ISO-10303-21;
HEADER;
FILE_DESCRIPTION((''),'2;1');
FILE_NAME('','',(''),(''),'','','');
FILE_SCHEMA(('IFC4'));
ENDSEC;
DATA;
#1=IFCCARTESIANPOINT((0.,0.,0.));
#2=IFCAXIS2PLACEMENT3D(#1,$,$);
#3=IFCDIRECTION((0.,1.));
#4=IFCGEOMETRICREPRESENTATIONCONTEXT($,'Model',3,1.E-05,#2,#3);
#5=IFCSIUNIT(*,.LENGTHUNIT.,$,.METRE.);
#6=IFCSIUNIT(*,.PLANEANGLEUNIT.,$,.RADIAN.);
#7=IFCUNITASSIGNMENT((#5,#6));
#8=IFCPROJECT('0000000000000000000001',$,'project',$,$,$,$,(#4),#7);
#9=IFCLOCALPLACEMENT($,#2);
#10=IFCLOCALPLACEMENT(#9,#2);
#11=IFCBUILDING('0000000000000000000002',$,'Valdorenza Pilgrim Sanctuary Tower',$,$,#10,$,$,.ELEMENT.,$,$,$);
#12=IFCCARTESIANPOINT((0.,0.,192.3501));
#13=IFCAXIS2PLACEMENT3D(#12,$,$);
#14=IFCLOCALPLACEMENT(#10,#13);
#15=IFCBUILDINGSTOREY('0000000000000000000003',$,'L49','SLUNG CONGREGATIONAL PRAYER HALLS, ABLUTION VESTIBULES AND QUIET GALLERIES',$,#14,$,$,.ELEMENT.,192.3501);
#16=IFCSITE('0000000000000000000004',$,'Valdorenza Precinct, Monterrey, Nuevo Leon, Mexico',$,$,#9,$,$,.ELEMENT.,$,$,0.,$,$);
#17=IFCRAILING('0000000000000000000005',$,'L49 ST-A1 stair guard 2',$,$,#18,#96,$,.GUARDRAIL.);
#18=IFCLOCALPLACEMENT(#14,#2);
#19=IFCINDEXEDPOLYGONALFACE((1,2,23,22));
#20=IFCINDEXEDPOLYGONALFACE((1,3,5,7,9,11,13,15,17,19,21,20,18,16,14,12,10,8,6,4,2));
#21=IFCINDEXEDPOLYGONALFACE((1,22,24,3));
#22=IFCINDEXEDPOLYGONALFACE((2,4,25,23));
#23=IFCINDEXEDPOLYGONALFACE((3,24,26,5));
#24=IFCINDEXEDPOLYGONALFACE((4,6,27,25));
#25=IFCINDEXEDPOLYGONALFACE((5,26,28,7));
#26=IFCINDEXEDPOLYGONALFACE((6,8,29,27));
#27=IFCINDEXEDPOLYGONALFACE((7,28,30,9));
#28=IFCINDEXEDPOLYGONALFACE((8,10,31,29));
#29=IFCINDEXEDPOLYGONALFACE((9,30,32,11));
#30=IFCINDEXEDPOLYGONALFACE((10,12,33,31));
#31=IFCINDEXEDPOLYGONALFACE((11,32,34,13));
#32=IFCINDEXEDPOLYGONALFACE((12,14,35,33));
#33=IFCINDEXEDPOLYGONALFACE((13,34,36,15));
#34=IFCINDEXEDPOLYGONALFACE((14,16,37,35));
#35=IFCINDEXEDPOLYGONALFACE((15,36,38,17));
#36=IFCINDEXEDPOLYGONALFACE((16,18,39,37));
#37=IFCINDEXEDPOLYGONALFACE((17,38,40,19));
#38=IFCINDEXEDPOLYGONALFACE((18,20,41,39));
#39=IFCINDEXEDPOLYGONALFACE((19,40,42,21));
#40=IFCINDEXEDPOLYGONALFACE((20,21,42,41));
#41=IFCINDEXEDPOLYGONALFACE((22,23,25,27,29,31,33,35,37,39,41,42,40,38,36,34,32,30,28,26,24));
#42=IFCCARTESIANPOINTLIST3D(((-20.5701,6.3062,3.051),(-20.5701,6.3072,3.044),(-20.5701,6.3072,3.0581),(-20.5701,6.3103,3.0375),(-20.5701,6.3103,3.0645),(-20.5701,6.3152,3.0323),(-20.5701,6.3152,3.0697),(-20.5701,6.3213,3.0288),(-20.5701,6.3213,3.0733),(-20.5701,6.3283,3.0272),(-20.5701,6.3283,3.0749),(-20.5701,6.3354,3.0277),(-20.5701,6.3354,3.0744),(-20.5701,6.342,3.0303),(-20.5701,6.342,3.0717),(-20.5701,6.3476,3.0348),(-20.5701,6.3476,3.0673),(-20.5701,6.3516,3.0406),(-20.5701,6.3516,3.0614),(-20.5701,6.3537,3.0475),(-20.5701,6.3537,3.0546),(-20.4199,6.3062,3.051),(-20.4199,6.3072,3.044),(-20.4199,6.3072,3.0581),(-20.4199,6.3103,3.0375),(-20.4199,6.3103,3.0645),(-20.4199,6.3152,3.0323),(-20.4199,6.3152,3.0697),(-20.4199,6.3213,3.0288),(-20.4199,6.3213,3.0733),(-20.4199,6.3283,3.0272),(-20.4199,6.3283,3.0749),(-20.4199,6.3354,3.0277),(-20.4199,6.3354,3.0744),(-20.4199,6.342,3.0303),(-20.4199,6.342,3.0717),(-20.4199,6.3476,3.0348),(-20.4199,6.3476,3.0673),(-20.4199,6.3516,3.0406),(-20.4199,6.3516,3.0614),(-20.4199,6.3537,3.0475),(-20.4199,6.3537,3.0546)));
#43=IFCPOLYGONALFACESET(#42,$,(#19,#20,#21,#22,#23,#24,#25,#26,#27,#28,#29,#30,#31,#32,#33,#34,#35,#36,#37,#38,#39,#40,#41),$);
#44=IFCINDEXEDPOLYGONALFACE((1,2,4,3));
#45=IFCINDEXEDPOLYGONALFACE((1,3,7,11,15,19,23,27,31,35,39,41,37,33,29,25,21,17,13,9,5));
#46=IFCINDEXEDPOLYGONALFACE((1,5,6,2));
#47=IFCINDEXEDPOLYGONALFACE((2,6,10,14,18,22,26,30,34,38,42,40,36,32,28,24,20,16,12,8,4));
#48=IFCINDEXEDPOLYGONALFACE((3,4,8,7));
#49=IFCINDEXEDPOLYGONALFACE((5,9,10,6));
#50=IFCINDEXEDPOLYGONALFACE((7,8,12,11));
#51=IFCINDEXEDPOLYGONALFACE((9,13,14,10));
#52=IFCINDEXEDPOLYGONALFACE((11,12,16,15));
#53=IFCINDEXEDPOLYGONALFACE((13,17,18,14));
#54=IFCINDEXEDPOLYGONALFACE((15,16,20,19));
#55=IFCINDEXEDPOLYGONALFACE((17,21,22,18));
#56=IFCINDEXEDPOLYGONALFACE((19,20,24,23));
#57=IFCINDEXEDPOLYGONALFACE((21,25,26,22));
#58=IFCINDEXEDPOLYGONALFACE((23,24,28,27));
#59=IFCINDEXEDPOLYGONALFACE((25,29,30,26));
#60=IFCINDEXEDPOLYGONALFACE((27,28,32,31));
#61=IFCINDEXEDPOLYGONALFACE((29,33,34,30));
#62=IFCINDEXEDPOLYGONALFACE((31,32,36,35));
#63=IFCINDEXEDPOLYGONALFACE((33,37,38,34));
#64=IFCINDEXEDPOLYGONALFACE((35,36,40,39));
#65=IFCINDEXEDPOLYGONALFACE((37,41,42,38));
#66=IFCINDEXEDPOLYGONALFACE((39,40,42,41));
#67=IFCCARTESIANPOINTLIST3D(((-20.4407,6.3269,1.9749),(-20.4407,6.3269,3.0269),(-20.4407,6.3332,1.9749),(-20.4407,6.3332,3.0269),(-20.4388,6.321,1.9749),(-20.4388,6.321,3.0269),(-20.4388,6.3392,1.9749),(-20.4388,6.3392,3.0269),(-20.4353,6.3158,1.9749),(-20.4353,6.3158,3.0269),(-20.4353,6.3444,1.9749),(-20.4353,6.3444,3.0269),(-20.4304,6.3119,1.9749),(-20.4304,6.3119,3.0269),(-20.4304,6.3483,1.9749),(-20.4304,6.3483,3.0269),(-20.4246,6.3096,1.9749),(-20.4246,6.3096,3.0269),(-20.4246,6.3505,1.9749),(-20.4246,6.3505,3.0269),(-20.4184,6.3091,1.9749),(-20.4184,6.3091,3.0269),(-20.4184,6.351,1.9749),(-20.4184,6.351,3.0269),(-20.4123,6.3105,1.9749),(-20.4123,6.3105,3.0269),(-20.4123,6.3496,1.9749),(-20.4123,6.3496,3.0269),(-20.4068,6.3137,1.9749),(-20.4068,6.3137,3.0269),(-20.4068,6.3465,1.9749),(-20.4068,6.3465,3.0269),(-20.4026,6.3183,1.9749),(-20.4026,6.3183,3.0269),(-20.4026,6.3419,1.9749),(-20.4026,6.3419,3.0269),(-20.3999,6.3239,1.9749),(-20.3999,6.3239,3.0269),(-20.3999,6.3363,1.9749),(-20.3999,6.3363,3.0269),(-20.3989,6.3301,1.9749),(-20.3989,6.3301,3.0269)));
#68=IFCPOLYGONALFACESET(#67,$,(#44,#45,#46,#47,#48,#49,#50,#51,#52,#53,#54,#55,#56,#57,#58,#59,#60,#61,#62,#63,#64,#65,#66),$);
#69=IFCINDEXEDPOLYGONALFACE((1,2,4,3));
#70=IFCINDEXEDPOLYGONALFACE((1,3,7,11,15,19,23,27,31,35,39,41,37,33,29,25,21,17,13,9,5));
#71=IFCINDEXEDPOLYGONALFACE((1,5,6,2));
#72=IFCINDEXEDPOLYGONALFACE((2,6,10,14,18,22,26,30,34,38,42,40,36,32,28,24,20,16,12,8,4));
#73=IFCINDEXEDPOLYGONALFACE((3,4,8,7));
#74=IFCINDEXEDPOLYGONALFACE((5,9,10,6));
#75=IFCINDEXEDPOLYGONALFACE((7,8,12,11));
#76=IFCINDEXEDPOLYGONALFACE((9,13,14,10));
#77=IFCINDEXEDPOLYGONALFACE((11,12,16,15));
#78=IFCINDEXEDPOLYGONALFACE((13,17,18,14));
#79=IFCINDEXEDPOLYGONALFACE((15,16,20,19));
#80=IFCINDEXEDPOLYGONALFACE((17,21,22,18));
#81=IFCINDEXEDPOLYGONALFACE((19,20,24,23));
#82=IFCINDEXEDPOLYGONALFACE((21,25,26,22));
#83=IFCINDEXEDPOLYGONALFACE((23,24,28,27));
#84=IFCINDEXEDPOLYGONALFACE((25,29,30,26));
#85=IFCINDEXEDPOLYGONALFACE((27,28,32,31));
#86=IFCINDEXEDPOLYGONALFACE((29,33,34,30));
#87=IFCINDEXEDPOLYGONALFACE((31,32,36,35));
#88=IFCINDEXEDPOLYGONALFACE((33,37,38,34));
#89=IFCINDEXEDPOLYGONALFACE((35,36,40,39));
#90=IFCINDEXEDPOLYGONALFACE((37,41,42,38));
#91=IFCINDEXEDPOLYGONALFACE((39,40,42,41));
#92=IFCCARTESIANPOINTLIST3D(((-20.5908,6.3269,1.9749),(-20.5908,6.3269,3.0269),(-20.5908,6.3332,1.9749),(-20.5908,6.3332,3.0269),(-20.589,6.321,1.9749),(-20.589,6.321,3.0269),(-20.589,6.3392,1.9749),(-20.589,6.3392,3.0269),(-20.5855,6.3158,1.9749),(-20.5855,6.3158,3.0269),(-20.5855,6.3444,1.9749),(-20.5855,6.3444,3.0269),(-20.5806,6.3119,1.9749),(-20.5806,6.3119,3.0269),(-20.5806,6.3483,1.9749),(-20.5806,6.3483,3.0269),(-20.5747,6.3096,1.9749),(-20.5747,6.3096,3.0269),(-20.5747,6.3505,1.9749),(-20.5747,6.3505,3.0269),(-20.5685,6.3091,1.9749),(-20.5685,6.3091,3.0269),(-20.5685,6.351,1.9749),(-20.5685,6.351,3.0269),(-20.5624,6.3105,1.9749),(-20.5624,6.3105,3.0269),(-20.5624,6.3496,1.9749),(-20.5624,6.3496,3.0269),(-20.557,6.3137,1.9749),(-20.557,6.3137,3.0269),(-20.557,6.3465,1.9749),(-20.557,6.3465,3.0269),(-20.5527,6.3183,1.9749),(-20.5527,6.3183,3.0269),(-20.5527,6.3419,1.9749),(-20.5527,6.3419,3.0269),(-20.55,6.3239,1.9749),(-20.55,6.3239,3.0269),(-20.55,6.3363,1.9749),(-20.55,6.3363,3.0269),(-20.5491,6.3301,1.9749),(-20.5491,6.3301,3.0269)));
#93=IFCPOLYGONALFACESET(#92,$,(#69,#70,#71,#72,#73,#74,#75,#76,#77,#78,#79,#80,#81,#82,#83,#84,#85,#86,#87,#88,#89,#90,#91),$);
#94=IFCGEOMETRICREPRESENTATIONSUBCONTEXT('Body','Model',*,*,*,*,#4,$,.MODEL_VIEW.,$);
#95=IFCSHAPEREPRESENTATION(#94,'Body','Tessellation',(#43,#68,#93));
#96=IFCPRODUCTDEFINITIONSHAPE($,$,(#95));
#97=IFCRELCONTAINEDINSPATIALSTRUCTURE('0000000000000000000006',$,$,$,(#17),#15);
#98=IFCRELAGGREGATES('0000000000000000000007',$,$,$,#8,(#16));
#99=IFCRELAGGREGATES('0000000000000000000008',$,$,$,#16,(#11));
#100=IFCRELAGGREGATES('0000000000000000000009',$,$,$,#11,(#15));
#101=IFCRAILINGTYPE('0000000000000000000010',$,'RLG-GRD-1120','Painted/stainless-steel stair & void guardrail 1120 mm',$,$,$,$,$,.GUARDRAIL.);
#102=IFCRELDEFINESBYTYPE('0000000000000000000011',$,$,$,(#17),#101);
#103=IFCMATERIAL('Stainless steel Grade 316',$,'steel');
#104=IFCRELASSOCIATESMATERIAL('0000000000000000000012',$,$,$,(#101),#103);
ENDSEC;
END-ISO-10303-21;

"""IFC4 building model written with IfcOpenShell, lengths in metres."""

from ifc_helpers import new_model, si_unit, direction, frame, origin, origin_2d, place, context, subcontext, project, spatial, circle, extrude, material, type_object, element, save


model = new_model("IFC4")

# Units and contexts
model_context = context("Model", 3, precision=1e-05, world=origin(), true_north=direction((0.0, 1.0)))
body_context = subcontext(model_context, "Body", "Model", "MODEL_VIEW")
ifc_project = project(units=[si_unit("LENGTHUNIT", "METRE"), si_unit("PLANEANGLEUNIT", "RADIAN")], contexts=[model_context])

# Site, building, storey
site_placement = place(None, origin())
site = spatial("IfcSite", under=ifc_project, at=site_placement, Name="Valdorenza Precinct, Monterrey, Nuevo Leon, Mexico", CompositionType="ELEMENT", RefElevation=0.0)
building_placement = place(site_placement, origin())
building = spatial("IfcBuilding", under=site, at=building_placement, Name="Valdorenza Pilgrim Sanctuary Tower", CompositionType="ELEMENT")
storey_placement = place(building_placement, frame((0.0, 0.0, 192.3501)))
storey = spatial("IfcBuildingStorey", under=building, at=storey_placement, Name="L49", Description="SLUNG CONGREGATIONAL PRAYER HALLS, ABLUTION VESTIBULES AND QUIET GALLERIES", CompositionType="ELEMENT", Elevation=192.3501)

# Railing
ifc_material_1 = material(Name="Stainless steel Grade 316", Category="steel")
railing_type_1 = type_object("IfcRailingType", Name="RLG-GRD-1120", Description="Painted/stainless-steel stair & void guardrail 1120 mm", PredefinedType="GUARDRAIL", material=ifc_material_1)
railing_1_placement = place(storey_placement, frame((-20.4199, 6.3301, 1.9749)))
element("IfcRailing", 1, at=railing_1_placement, inside=storey, type_object=railing_type_1, Name="L49 ST-A1 stair guard 2", PredefinedType="GUARDRAIL", context=body_context, shape_type="SweptSolid", body=[
    extrude(circle(Radius=0.0239, at=origin_2d()), frame((0.0, 0.0, 1.0762), z_axis=(-1.0, 0.0, 0.0), x_axis=(0.0, -1.0, 0.0)), (0.0, 0.0, 1.0), 0.1501),
    extrude(circle(Radius=0.021, at=origin_2d()), origin(), (0.0, 0.0, 1.0), 1.052),
    extrude(circle(Radius=0.021, at=origin_2d()), frame((-0.1501, 0.0, 0.0)), (0.0, 0.0, 1.0), 1.052),
])

save(model, "model.ifc")
